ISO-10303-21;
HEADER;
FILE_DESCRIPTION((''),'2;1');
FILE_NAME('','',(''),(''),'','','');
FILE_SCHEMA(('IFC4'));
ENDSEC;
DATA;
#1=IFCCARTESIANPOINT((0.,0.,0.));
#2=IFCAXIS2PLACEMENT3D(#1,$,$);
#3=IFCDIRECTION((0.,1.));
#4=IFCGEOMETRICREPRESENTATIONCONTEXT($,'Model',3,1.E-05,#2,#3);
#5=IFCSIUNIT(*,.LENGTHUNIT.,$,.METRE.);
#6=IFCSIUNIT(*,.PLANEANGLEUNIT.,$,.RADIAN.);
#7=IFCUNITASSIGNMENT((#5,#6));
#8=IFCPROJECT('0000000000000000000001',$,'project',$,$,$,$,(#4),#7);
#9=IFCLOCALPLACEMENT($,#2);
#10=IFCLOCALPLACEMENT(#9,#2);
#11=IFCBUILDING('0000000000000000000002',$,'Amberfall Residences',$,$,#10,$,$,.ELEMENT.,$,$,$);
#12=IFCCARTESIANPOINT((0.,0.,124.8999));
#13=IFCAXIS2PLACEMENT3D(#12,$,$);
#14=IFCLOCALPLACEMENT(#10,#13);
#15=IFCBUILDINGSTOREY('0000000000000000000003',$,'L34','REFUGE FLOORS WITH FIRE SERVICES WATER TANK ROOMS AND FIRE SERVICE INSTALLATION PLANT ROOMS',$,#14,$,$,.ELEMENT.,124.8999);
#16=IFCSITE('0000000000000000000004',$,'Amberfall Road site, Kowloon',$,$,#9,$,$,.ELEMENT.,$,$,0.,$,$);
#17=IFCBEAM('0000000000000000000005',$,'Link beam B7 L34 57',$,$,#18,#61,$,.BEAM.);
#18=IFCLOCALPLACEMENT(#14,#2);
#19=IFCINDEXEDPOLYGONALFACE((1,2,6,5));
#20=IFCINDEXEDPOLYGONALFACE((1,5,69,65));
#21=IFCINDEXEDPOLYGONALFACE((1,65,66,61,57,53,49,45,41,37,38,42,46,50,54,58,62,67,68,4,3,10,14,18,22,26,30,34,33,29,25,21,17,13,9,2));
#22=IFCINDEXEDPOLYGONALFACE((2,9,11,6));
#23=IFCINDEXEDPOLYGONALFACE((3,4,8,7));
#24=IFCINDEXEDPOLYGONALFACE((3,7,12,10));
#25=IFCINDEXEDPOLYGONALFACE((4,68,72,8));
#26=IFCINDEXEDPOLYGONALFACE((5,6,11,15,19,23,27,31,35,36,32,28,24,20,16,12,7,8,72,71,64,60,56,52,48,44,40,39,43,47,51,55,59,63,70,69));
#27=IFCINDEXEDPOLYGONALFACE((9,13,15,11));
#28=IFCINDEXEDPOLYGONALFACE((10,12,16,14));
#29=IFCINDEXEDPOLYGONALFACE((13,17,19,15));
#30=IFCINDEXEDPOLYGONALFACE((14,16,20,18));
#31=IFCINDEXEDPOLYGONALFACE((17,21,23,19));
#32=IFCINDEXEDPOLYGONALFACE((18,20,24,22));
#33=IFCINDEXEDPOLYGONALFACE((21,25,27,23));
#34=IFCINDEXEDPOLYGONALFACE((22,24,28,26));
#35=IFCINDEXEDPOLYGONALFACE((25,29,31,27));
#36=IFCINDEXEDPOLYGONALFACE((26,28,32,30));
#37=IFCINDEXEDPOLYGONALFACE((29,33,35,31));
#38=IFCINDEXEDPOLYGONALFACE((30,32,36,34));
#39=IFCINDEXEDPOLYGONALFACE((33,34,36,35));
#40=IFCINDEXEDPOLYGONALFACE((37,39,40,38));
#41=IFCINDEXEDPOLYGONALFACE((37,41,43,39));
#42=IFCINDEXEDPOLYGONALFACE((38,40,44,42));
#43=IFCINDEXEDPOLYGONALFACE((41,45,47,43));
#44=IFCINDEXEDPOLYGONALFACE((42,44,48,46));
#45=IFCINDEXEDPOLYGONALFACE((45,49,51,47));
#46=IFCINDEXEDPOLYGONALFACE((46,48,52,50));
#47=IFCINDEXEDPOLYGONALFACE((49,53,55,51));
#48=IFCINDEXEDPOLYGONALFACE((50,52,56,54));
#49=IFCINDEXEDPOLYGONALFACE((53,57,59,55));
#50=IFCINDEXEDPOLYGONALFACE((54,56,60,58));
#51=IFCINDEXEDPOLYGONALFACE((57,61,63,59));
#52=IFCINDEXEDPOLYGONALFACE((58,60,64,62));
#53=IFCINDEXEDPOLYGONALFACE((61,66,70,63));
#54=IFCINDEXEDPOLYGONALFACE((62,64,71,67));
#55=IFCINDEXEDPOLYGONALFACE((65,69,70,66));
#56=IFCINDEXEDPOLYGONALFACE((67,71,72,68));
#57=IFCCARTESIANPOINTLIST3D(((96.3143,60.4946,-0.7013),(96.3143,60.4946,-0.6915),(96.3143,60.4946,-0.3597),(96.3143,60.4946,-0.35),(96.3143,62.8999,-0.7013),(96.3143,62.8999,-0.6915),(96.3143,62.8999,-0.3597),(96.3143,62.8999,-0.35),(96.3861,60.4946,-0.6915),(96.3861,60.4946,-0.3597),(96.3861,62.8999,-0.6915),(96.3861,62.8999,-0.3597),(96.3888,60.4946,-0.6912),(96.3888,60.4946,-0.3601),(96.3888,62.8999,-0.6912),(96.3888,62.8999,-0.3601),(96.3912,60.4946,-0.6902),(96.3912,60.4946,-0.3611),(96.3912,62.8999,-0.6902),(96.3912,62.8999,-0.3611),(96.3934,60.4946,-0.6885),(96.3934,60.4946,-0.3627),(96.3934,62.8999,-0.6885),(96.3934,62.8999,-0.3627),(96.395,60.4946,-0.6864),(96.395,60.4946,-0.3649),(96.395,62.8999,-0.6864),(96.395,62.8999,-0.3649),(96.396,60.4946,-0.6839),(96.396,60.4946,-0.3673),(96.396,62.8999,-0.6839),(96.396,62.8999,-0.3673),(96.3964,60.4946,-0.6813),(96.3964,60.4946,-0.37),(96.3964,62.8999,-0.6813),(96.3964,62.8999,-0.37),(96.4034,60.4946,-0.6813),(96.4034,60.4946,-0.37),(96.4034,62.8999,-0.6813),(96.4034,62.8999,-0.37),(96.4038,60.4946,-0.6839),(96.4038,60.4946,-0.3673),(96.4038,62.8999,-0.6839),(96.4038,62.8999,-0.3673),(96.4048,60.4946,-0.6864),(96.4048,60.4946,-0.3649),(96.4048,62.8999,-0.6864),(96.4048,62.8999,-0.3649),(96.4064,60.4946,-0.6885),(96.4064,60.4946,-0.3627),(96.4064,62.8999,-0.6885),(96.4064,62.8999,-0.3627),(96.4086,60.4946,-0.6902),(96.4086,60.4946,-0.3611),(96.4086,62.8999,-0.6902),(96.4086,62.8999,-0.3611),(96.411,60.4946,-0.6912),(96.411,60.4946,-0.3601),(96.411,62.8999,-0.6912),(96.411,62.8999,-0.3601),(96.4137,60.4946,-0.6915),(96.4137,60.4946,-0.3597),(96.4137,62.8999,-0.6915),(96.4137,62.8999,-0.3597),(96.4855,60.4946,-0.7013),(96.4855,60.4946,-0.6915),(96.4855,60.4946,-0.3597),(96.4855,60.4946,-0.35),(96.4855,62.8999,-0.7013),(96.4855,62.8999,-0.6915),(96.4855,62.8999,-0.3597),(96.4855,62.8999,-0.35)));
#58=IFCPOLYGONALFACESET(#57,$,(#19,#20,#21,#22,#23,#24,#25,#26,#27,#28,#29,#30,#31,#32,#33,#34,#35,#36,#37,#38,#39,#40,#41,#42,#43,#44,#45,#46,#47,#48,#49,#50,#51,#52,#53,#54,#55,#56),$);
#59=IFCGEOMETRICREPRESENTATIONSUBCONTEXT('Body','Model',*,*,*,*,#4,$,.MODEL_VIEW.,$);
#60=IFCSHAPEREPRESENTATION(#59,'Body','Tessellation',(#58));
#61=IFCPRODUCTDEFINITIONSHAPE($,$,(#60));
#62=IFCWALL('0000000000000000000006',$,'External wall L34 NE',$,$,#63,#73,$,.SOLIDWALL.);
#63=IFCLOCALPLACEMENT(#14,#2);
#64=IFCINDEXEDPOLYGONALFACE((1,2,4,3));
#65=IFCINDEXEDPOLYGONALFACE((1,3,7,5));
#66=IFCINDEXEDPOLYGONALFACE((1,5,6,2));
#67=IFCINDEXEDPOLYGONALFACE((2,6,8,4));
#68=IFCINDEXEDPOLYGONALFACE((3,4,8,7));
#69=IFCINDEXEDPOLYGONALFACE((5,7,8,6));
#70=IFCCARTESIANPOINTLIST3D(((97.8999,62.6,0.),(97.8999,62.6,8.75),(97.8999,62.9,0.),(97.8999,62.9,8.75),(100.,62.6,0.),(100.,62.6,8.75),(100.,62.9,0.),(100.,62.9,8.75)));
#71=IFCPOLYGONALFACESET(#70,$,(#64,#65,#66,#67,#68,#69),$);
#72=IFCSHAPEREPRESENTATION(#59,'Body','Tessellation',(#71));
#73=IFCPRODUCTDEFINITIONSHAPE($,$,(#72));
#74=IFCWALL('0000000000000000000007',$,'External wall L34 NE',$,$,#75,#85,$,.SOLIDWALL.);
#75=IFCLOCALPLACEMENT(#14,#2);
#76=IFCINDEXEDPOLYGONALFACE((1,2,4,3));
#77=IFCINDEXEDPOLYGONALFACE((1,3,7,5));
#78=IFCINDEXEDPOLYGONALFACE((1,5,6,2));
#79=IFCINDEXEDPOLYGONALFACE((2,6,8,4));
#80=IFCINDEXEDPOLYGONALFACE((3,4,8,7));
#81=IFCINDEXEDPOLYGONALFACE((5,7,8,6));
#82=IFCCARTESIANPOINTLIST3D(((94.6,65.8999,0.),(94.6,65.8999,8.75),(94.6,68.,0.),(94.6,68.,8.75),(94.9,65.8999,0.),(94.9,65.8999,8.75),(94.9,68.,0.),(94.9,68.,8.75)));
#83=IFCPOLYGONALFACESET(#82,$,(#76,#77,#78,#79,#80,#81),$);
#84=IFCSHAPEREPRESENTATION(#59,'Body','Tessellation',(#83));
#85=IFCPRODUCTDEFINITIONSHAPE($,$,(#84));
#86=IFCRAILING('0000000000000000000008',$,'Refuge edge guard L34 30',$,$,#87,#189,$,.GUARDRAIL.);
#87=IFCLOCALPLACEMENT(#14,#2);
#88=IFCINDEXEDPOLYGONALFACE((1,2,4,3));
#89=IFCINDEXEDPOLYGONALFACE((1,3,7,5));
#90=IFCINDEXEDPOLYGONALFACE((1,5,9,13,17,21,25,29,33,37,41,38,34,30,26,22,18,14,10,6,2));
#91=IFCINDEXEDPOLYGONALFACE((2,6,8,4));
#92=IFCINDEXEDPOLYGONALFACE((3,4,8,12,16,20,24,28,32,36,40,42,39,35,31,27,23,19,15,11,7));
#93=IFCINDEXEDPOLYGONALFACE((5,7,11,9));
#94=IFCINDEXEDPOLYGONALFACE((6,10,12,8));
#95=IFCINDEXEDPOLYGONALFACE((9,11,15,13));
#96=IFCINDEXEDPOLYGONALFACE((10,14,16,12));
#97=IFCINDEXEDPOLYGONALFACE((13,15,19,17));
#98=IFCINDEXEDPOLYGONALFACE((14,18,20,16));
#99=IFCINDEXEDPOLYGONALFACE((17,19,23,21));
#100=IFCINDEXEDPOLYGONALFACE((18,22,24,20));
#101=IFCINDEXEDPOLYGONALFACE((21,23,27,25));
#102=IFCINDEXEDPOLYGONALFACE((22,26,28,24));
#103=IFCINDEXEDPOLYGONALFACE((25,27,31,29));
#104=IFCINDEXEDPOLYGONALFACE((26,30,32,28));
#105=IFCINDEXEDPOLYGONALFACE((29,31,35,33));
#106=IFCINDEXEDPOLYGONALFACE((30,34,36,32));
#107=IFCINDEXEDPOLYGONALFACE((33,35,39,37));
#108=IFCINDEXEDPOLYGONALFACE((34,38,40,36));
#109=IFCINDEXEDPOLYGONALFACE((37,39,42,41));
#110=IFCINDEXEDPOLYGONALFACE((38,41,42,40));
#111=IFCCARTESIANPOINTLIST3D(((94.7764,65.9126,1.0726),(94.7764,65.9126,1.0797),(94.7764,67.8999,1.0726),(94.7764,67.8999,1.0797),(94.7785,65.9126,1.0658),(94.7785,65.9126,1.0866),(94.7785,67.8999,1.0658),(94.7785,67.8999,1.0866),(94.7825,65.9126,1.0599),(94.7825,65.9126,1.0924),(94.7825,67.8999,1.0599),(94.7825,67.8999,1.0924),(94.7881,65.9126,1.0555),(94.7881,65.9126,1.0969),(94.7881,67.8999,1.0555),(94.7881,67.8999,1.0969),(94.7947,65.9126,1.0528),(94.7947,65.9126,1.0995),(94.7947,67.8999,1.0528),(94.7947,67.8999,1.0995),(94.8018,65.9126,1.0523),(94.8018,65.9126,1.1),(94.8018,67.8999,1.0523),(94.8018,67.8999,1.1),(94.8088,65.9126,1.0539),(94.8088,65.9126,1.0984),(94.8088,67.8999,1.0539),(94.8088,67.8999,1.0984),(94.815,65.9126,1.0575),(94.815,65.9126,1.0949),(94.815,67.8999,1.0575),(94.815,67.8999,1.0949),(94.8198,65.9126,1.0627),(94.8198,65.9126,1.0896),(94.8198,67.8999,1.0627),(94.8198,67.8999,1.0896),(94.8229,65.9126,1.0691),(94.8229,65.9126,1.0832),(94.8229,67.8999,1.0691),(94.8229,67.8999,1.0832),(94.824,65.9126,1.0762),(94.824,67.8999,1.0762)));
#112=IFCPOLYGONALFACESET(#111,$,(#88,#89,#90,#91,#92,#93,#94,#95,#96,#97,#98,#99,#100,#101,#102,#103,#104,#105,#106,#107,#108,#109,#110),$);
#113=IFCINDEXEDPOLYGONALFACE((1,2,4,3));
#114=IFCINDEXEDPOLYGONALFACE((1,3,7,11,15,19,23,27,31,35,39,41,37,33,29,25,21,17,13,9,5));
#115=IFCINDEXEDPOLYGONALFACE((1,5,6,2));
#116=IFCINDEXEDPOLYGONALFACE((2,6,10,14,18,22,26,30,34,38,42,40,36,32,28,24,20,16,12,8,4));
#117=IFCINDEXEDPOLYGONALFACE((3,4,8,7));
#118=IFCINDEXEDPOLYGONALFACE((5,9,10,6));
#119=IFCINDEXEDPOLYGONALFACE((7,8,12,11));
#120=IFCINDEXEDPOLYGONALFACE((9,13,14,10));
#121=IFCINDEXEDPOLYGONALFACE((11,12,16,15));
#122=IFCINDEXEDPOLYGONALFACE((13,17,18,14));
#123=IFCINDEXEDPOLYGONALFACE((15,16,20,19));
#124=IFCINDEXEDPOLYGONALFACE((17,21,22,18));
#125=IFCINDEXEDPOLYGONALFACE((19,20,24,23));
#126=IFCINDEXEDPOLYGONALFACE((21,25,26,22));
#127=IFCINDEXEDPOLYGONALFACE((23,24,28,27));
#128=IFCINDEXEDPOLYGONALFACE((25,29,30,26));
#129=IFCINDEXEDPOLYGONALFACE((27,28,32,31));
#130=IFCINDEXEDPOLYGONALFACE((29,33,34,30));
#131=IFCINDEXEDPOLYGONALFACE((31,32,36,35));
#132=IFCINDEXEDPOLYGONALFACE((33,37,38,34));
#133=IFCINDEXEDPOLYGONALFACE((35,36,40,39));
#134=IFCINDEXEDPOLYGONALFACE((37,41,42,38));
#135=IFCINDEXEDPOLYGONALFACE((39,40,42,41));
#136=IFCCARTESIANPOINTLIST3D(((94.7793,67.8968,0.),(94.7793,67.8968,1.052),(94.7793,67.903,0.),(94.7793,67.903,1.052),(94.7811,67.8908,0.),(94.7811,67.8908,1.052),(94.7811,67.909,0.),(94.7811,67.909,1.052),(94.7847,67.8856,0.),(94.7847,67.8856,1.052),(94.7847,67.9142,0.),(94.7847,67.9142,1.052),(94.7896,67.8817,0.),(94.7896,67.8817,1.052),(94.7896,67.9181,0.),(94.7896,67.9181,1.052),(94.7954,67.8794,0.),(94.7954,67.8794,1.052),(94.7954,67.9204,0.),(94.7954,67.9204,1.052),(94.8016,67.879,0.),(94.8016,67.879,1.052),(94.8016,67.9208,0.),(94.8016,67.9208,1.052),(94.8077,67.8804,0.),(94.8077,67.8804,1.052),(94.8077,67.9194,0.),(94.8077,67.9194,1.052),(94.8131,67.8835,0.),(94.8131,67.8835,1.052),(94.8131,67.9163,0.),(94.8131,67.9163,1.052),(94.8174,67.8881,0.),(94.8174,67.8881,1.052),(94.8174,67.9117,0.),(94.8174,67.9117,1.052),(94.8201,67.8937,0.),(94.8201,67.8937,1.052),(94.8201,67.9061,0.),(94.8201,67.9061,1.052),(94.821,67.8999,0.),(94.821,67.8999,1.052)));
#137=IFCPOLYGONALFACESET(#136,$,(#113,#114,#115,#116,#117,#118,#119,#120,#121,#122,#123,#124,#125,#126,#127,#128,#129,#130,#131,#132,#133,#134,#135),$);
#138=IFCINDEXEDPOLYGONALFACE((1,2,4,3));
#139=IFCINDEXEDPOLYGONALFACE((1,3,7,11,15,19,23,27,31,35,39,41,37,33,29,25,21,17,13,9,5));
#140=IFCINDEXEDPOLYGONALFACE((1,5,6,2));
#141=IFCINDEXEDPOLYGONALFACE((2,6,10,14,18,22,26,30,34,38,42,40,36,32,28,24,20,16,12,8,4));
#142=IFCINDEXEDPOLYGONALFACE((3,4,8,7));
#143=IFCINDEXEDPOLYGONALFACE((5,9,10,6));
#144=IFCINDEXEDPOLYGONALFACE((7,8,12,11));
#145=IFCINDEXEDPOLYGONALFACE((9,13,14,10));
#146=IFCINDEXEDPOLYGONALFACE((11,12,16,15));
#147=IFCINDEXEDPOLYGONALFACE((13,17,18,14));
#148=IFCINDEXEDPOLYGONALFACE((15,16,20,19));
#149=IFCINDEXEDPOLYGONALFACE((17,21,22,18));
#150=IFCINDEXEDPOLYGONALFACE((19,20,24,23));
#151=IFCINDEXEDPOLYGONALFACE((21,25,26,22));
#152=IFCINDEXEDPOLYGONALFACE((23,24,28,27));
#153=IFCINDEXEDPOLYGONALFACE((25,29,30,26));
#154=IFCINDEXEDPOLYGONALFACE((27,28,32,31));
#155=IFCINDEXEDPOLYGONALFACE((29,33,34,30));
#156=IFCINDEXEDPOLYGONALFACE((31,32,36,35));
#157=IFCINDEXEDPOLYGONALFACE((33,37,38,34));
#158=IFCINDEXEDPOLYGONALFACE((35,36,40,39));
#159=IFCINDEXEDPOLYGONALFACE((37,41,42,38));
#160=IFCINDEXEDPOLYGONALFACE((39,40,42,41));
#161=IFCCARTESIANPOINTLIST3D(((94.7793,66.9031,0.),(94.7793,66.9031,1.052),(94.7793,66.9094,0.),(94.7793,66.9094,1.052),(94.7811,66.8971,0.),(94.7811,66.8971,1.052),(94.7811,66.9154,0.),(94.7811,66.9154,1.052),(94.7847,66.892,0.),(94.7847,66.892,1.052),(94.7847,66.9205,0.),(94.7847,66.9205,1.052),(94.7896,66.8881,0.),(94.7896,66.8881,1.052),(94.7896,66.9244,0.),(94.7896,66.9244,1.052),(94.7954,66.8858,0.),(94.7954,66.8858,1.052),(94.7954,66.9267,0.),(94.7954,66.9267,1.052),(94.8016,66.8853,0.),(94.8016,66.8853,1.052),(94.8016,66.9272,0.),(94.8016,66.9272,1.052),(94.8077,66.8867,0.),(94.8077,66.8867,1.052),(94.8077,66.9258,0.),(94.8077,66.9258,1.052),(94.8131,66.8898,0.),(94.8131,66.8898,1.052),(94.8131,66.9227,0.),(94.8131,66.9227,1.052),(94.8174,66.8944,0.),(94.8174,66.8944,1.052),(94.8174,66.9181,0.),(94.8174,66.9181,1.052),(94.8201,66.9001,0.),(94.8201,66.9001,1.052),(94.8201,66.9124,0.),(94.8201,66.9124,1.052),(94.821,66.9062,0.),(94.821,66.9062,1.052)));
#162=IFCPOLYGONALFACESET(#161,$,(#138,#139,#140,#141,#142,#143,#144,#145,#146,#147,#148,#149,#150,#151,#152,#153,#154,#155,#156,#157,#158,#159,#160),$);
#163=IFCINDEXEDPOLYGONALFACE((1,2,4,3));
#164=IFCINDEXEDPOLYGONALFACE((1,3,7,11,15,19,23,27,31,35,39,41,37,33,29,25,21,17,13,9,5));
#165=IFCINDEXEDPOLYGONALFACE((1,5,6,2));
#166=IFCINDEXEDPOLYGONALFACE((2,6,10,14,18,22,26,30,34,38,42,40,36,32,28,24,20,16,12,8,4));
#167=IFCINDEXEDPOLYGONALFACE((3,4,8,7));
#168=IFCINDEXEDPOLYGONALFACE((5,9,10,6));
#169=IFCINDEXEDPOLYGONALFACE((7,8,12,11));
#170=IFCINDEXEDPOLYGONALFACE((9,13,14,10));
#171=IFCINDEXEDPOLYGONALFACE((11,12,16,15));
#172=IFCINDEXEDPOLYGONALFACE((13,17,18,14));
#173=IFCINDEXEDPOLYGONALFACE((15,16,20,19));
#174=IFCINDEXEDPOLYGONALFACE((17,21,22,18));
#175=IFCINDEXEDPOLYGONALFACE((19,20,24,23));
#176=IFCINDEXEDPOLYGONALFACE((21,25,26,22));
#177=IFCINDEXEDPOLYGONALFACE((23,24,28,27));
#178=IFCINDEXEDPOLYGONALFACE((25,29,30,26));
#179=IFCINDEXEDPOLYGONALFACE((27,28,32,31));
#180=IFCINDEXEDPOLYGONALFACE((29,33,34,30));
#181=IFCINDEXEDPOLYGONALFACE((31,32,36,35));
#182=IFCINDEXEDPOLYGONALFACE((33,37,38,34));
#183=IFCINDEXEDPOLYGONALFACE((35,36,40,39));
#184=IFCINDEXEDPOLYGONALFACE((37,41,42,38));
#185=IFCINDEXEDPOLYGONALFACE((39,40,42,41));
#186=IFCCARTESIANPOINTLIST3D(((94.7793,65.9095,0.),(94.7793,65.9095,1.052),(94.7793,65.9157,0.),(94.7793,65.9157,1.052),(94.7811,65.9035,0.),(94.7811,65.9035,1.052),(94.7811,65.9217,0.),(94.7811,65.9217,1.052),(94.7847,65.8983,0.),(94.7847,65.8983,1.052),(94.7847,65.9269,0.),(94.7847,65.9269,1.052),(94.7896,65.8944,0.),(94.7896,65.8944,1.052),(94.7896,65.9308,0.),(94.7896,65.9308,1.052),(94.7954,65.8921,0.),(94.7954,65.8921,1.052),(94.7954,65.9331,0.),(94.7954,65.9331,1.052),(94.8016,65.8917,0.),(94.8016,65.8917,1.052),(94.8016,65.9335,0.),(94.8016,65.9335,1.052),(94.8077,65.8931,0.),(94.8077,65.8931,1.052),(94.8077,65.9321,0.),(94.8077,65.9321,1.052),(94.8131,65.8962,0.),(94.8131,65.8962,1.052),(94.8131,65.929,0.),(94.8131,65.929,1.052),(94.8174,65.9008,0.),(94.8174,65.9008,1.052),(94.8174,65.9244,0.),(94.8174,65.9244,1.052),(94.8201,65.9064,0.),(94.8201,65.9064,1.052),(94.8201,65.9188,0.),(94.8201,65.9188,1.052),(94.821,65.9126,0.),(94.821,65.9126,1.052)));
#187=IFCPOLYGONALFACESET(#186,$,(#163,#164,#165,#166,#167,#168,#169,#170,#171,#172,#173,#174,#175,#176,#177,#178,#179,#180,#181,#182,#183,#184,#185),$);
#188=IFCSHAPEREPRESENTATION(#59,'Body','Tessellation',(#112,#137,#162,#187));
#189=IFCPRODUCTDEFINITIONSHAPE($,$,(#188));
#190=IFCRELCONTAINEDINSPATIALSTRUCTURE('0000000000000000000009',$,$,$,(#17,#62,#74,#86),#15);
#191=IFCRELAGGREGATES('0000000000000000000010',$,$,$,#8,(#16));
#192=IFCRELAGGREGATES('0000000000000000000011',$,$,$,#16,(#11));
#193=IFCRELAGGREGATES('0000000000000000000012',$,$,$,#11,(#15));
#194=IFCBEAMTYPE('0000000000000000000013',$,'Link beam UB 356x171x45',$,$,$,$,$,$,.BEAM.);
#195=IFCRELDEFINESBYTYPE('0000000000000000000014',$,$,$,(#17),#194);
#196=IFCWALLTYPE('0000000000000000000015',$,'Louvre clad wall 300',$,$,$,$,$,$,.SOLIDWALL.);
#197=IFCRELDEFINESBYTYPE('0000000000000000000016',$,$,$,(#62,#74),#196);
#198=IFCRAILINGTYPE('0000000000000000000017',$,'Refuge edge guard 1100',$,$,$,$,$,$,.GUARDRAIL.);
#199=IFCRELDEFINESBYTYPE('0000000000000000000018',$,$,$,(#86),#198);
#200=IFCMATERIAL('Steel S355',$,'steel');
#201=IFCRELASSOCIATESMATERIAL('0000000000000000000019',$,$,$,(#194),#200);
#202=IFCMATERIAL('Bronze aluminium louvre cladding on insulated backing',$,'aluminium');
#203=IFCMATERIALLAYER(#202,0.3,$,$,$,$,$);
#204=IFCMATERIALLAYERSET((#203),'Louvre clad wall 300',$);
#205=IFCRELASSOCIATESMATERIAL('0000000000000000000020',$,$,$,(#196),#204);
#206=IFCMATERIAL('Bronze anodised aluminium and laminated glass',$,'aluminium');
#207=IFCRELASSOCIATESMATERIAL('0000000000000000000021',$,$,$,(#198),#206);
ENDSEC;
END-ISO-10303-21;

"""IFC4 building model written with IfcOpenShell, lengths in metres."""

from ifc_helpers import new_model, si_unit, direction, frame, frame_2d, origin, origin_2d, place, context, subcontext, project, spatial, rectangle, circle, i_section, extrude, material, layer, layer_set, material_profile, profile_set, type_object, element, save


model = new_model("IFC4")

# Units and contexts
model_context = context("Model", 3, precision=1e-05, world=origin(), true_north=direction((0.0, 1.0)))
body_context = subcontext(model_context, "Body", "Model", "MODEL_VIEW")
ifc_project = project(units=[si_unit("LENGTHUNIT", "METRE"), si_unit("PLANEANGLEUNIT", "RADIAN")], contexts=[model_context])

# Site, building, storey
site_placement = place(None, origin())
site = spatial("IfcSite", under=ifc_project, at=site_placement, Name="Amberfall Road site, Kowloon", CompositionType="ELEMENT", RefElevation=0.0)
building_placement = place(site_placement, origin())
building = spatial("IfcBuilding", under=site, at=building_placement, Name="Amberfall Residences", CompositionType="ELEMENT")
storey_placement = place(building_placement, frame((0.0, 0.0, 124.8999)))
storey = spatial("IfcBuildingStorey", under=building, at=storey_placement, Name="L34", Description="REFUGE FLOORS WITH FIRE SERVICES WATER TANK ROOMS AND FIRE SERVICE INSTALLATION PLANT ROOMS", CompositionType="ELEMENT", Elevation=124.8999)

# Shared definitions
ifc_material_1 = material(Name="Steel S355", Category="steel")

# Beam
ifc_material_profile_1 = material_profile(ifc_material_1, i_section(OverallWidth=0.1711, OverallDepth=0.3513, WebThickness=0.0071, FlangeThickness=0.0098, FilletRadius=0.0103, at=origin_2d()), Name="UB 356x171x45")
ifc_profile_set_1 = profile_set([ifc_material_profile_1], Name="Steel S355")
beam_type_1 = type_object("IfcBeamType", Name="Link beam UB 356x171x45", PredefinedType="BEAM", material=ifc_profile_set_1)
beam_1_placement = place(storey_placement, frame((96.3999, 62.8999, -0.5256), z_axis=(0.0, -1.0, 0.0), x_axis=(1.0, 0.0, 0.0)))
element("IfcBeam", 1, at=beam_1_placement, inside=storey, type_object=beam_type_1, Name="Link beam B7 L34 57", PredefinedType="BEAM", context=body_context, shape_type="SweptSolid", body=[
    extrude(i_section(OverallWidth=0.1711, OverallDepth=0.3513, WebThickness=0.0071, FlangeThickness=0.0098, FilletRadius=0.0103, at=origin_2d()), origin(), (0.0, 0.0, 1.0), 2.4053),
])

# Walls
ifc_material_2 = material(Name="Bronze aluminium louvre cladding on insulated backing", Category="aluminium")
ifc_layer = layer(ifc_material_2, 0.3)
ifc_layer_set = layer_set([ifc_layer], Name="Louvre clad wall 300")
wall_type = type_object("IfcWallType", Name="Louvre clad wall 300", PredefinedType="SOLIDWALL", material=ifc_layer_set)
for number, where, z_axis, x_axis, name in (
    (2, (100.0, 62.75, 0.0), (0.0, 0.0, 1.0), (-1.0, 0.0, 0.0), "External wall L34 NE"),
    (3, (94.75, 65.8999, 0.0), (0.0, 0.0, 1.0), (0.0, 1.0, 0.0), "External wall L34 NE"),
):
    element("IfcWall", number, at=place(storey_placement, frame(where, z_axis=z_axis, x_axis=x_axis)), inside=storey, type_object=wall_type, Name=name, PredefinedType="SOLIDWALL", context=body_context, shape_type="SweptSolid", body=[
        extrude(rectangle(XDim=2.1001, YDim=0.3, at=frame_2d((1.05, 0.0))), origin(), (0.0, 0.0, 1.0), 8.75),
    ])

# Railing
ifc_material_3 = material(Name="Bronze anodised aluminium and laminated glass", Category="aluminium")
railing_type = type_object("IfcRailingType", Name="Refuge edge guard 1100", PredefinedType="GUARDRAIL", material=ifc_material_3)
railing_1_placement = place(storey_placement, frame((94.8, 67.8999, 0.0)))
element("IfcRailing", 4, at=railing_1_placement, inside=storey, type_object=railing_type, Name="Refuge edge guard L34 30", PredefinedType="GUARDRAIL", context=body_context, shape_type="SweptSolid", body=[
    extrude(circle(Radius=0.0239, at=origin_2d()), frame((0.0, 0.0, 1.0762), z_axis=(0.0, -1.0, 0.0), x_axis=(1.0, 0.0, 0.0)), (0.0, 0.0, 1.0), 1.9873),
    extrude(circle(Radius=0.021, at=origin_2d()), origin(), (0.0, 0.0, 1.0), 1.052),
    extrude(circle(Radius=0.021, at=origin_2d()), frame((0.0, -0.9937, 0.0)), (0.0, 0.0, 1.0), 1.052),
    extrude(circle(Radius=0.021, at=origin_2d()), frame((0.0, -1.9873, 0.0)), (0.0, 0.0, 1.0), 1.052),
])

save(model, "model.ifc")
